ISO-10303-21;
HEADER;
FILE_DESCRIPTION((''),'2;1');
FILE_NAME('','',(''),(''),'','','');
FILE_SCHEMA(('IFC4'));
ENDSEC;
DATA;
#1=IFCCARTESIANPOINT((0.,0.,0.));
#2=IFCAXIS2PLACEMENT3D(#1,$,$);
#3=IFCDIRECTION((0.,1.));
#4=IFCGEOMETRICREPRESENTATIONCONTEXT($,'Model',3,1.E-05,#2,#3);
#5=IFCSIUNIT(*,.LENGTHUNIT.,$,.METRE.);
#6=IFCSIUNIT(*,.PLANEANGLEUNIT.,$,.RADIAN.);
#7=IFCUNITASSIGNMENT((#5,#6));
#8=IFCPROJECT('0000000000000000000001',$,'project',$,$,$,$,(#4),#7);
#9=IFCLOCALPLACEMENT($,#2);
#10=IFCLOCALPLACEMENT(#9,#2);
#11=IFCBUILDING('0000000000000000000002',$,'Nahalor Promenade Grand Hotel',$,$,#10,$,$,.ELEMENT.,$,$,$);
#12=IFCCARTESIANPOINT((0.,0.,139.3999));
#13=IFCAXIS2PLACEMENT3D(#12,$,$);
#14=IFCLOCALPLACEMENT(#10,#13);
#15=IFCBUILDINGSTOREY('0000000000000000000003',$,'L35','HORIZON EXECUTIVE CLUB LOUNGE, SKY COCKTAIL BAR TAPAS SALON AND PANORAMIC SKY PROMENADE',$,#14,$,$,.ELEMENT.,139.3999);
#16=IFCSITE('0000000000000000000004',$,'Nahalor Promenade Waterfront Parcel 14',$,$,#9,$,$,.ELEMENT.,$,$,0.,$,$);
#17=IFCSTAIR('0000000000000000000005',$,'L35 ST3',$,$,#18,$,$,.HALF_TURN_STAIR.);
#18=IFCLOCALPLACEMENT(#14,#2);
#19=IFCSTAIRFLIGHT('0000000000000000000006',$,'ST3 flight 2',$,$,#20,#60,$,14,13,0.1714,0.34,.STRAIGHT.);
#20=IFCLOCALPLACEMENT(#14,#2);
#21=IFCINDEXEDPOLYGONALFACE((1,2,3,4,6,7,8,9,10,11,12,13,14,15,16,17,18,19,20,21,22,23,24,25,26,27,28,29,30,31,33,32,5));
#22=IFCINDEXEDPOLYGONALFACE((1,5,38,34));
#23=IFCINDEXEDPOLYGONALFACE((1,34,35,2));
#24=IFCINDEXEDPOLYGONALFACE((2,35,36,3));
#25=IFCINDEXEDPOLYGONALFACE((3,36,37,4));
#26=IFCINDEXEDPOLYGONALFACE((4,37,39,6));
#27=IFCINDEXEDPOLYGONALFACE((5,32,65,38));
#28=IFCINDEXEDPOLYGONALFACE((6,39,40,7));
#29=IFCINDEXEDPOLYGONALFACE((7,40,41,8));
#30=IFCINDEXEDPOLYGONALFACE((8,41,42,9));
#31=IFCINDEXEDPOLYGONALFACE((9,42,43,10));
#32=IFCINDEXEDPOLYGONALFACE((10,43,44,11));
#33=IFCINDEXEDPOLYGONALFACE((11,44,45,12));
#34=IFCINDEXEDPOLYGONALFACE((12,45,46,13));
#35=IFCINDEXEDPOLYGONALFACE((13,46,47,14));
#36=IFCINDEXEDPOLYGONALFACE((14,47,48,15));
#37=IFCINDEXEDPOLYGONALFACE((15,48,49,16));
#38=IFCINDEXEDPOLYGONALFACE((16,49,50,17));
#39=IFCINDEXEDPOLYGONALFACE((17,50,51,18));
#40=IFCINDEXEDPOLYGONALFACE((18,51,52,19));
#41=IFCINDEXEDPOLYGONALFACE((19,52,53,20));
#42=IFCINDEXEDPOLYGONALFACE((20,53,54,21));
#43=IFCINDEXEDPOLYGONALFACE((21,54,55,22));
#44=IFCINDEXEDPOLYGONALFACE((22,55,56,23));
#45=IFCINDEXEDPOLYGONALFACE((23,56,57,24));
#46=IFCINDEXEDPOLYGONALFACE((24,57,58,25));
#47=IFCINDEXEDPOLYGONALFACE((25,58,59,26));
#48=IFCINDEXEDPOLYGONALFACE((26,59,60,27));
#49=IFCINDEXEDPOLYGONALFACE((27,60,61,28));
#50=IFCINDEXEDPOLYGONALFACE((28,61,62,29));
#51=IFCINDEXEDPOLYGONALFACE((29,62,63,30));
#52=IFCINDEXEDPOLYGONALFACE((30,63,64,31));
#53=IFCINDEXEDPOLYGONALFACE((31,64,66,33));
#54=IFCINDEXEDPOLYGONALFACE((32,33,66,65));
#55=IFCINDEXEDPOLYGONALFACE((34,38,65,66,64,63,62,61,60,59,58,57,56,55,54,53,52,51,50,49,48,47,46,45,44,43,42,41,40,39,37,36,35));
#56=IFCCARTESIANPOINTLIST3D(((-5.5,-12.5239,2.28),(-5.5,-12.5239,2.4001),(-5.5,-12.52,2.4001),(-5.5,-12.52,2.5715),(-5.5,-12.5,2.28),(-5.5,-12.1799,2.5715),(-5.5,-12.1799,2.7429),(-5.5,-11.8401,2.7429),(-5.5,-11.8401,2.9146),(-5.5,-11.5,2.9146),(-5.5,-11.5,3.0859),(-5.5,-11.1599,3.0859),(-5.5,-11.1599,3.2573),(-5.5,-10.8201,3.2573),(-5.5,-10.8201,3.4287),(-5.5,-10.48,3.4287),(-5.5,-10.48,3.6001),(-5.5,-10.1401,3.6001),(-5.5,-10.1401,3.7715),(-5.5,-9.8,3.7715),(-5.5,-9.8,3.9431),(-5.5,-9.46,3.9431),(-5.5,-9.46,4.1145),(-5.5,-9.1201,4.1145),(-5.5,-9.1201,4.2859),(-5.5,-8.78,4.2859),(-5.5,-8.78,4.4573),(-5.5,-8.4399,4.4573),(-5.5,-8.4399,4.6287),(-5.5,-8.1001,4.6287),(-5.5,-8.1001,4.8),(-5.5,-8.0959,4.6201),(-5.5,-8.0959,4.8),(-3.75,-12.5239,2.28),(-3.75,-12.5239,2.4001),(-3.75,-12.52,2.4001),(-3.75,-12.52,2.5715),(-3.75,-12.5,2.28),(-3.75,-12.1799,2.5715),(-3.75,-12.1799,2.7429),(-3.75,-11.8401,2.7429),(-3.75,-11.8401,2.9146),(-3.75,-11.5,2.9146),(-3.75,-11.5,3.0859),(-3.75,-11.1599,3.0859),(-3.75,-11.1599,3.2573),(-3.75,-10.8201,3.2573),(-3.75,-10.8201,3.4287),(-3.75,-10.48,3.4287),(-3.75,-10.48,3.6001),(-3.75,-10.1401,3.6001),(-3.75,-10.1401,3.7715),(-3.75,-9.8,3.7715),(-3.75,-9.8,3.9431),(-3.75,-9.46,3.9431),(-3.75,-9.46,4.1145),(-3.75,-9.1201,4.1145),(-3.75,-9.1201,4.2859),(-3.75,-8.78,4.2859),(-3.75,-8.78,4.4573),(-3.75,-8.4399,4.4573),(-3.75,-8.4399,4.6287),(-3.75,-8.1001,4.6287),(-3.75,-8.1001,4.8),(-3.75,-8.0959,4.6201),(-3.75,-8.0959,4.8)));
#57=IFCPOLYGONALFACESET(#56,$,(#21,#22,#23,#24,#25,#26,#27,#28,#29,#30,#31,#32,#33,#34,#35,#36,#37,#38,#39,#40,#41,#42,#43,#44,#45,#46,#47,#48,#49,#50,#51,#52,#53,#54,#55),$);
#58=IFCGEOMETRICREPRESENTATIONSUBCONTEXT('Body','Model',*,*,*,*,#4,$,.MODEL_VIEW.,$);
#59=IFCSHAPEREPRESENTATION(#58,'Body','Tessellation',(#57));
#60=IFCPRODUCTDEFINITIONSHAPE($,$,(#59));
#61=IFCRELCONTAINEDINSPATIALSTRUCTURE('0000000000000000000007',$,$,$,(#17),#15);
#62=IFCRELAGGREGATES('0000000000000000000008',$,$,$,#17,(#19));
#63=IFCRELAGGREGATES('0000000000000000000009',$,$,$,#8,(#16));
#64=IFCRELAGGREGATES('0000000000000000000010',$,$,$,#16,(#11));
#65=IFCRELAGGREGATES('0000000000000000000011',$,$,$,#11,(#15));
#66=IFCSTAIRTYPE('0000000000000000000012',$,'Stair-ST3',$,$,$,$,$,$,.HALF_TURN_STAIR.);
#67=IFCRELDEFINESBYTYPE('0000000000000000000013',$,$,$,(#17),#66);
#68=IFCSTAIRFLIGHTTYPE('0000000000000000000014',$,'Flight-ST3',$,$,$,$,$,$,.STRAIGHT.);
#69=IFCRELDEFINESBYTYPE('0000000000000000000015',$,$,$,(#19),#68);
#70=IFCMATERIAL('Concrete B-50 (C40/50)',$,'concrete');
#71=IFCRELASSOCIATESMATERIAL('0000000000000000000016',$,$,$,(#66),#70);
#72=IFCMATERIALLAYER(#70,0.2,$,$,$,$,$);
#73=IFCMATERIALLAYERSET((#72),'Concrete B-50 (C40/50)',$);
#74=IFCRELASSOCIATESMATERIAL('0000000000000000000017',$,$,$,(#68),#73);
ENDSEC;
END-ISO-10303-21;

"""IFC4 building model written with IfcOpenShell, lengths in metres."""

from ifc_helpers import new_model, si_unit, direction, frame, origin, place, context, subcontext, project, spatial, polyline, outline, extrude, source, transform, mapped, material, layer, layer_set, type_object, element, aggregate, save


model = new_model("IFC4")

# Units and contexts
model_context = context("Model", 3, precision=1e-05, world=origin(), true_north=direction((0.0, 1.0)))
body_context = subcontext(model_context, "Body", "Model", "MODEL_VIEW")
ifc_project = project(units=[si_unit("LENGTHUNIT", "METRE"), si_unit("PLANEANGLEUNIT", "RADIAN")], contexts=[model_context])

# Site, building, storey
site_placement = place(None, origin())
site = spatial("IfcSite", under=ifc_project, at=site_placement, Name="Nahalor Promenade Waterfront Parcel 14", CompositionType="ELEMENT", RefElevation=0.0)
building_placement = place(site_placement, origin())
building = spatial("IfcBuilding", under=site, at=building_placement, Name="Nahalor Promenade Grand Hotel", CompositionType="ELEMENT")
storey_placement = place(building_placement, frame((0.0, 0.0, 139.3999)))
storey = spatial("IfcBuildingStorey", under=building, at=storey_placement, Name="L35", Description="HORIZON EXECUTIVE CLUB LOUNGE, SKY COCKTAIL BAR TAPAS SALON AND PANORAMIC SKY PROMENADE", CompositionType="ELEMENT", Elevation=139.3999)

# Shared definitions
ifc_material_1 = material(Name="Concrete B-50 (C40/50)", Category="concrete")

# Stair, stair flight
stair_type = type_object("IfcStairType", Name="Stair-ST3", PredefinedType="HALF_TURN_STAIR", material=ifc_material_1)
stair_placement = place(storey_placement, origin())
stair = element("IfcStair", 1, at=stair_placement, inside=storey, type_object=stair_type, Name="L35 ST3", PredefinedType="HALF_TURN_STAIR")
ifc_layer_1 = layer(ifc_material_1, 0.2)
ifc_layer_set_1 = layer_set([ifc_layer_1], Name="Concrete B-50 (C40/50)")
stair_flight_type = type_object("IfcStairFlightType", Name="Flight-ST3", PredefinedType="STRAIGHT", material=ifc_layer_set_1)
shared_shape_1 = source(origin(), body_context, "Body", "SweptSolid", [
    extrude(outline(polyline([(-0.0039, -0.1201), (-0.0039, 0.0), (0.0, 0.0), (0.0, 0.1714), (0.3401, 0.1714), (0.3401, 0.3428), (0.6799, 0.3428), (0.6799, 0.5144), (1.02, 0.5144), (1.02, 0.6858), (1.3601, 0.6858), (1.3601, 0.8572), (1.7, 0.8572), (1.7, 1.0286), (2.04, 1.0286), (2.04, 1.2), (2.3799, 1.2), (2.3799, 1.3713), (2.72, 1.3713), (2.72, 1.543), (3.0601, 1.543), (3.0601, 1.7144), (3.3999, 1.7144), (3.3999, 1.8857), (3.74, 1.8857), (3.74, 2.0571), (4.0801, 2.0571), (4.0801, 2.2285), (4.4199, 2.2285), (4.4199, 2.3999), (4.4241, 2.3999), (4.4241, 2.22), (0.02, -0.1201), (-0.0039, -0.1201)])), frame((0.0, 0.875, 0.0), z_axis=(0.0, -1.0, 0.0), x_axis=(1.0, 0.0, 0.0)), (0.0, 0.0, 1.0), 1.75),
])
stair_flight_1_placement = place(storey_placement, frame((-4.625, -12.52, 2.4001), z_axis=(0.0, 0.0, 1.0), x_axis=(0.0, 1.0, 0.0)))
stair_flight_1 = element("IfcStairFlight", 2, at=stair_flight_1_placement, type_object=stair_flight_type, Name="ST3 flight 2", NumberOfRisers=14, NumberOfTreads=13, PredefinedType="STRAIGHT", RiserHeight=0.1714, TreadLength=0.34, context=body_context, shape_type="MappedRepresentation", body=[
    mapped(shared_shape_1, transform((0.0, 0.0, 0.0), scale=1.0)),
])
aggregate(stair, [stair_flight_1])

save(model, "model.ifc")
